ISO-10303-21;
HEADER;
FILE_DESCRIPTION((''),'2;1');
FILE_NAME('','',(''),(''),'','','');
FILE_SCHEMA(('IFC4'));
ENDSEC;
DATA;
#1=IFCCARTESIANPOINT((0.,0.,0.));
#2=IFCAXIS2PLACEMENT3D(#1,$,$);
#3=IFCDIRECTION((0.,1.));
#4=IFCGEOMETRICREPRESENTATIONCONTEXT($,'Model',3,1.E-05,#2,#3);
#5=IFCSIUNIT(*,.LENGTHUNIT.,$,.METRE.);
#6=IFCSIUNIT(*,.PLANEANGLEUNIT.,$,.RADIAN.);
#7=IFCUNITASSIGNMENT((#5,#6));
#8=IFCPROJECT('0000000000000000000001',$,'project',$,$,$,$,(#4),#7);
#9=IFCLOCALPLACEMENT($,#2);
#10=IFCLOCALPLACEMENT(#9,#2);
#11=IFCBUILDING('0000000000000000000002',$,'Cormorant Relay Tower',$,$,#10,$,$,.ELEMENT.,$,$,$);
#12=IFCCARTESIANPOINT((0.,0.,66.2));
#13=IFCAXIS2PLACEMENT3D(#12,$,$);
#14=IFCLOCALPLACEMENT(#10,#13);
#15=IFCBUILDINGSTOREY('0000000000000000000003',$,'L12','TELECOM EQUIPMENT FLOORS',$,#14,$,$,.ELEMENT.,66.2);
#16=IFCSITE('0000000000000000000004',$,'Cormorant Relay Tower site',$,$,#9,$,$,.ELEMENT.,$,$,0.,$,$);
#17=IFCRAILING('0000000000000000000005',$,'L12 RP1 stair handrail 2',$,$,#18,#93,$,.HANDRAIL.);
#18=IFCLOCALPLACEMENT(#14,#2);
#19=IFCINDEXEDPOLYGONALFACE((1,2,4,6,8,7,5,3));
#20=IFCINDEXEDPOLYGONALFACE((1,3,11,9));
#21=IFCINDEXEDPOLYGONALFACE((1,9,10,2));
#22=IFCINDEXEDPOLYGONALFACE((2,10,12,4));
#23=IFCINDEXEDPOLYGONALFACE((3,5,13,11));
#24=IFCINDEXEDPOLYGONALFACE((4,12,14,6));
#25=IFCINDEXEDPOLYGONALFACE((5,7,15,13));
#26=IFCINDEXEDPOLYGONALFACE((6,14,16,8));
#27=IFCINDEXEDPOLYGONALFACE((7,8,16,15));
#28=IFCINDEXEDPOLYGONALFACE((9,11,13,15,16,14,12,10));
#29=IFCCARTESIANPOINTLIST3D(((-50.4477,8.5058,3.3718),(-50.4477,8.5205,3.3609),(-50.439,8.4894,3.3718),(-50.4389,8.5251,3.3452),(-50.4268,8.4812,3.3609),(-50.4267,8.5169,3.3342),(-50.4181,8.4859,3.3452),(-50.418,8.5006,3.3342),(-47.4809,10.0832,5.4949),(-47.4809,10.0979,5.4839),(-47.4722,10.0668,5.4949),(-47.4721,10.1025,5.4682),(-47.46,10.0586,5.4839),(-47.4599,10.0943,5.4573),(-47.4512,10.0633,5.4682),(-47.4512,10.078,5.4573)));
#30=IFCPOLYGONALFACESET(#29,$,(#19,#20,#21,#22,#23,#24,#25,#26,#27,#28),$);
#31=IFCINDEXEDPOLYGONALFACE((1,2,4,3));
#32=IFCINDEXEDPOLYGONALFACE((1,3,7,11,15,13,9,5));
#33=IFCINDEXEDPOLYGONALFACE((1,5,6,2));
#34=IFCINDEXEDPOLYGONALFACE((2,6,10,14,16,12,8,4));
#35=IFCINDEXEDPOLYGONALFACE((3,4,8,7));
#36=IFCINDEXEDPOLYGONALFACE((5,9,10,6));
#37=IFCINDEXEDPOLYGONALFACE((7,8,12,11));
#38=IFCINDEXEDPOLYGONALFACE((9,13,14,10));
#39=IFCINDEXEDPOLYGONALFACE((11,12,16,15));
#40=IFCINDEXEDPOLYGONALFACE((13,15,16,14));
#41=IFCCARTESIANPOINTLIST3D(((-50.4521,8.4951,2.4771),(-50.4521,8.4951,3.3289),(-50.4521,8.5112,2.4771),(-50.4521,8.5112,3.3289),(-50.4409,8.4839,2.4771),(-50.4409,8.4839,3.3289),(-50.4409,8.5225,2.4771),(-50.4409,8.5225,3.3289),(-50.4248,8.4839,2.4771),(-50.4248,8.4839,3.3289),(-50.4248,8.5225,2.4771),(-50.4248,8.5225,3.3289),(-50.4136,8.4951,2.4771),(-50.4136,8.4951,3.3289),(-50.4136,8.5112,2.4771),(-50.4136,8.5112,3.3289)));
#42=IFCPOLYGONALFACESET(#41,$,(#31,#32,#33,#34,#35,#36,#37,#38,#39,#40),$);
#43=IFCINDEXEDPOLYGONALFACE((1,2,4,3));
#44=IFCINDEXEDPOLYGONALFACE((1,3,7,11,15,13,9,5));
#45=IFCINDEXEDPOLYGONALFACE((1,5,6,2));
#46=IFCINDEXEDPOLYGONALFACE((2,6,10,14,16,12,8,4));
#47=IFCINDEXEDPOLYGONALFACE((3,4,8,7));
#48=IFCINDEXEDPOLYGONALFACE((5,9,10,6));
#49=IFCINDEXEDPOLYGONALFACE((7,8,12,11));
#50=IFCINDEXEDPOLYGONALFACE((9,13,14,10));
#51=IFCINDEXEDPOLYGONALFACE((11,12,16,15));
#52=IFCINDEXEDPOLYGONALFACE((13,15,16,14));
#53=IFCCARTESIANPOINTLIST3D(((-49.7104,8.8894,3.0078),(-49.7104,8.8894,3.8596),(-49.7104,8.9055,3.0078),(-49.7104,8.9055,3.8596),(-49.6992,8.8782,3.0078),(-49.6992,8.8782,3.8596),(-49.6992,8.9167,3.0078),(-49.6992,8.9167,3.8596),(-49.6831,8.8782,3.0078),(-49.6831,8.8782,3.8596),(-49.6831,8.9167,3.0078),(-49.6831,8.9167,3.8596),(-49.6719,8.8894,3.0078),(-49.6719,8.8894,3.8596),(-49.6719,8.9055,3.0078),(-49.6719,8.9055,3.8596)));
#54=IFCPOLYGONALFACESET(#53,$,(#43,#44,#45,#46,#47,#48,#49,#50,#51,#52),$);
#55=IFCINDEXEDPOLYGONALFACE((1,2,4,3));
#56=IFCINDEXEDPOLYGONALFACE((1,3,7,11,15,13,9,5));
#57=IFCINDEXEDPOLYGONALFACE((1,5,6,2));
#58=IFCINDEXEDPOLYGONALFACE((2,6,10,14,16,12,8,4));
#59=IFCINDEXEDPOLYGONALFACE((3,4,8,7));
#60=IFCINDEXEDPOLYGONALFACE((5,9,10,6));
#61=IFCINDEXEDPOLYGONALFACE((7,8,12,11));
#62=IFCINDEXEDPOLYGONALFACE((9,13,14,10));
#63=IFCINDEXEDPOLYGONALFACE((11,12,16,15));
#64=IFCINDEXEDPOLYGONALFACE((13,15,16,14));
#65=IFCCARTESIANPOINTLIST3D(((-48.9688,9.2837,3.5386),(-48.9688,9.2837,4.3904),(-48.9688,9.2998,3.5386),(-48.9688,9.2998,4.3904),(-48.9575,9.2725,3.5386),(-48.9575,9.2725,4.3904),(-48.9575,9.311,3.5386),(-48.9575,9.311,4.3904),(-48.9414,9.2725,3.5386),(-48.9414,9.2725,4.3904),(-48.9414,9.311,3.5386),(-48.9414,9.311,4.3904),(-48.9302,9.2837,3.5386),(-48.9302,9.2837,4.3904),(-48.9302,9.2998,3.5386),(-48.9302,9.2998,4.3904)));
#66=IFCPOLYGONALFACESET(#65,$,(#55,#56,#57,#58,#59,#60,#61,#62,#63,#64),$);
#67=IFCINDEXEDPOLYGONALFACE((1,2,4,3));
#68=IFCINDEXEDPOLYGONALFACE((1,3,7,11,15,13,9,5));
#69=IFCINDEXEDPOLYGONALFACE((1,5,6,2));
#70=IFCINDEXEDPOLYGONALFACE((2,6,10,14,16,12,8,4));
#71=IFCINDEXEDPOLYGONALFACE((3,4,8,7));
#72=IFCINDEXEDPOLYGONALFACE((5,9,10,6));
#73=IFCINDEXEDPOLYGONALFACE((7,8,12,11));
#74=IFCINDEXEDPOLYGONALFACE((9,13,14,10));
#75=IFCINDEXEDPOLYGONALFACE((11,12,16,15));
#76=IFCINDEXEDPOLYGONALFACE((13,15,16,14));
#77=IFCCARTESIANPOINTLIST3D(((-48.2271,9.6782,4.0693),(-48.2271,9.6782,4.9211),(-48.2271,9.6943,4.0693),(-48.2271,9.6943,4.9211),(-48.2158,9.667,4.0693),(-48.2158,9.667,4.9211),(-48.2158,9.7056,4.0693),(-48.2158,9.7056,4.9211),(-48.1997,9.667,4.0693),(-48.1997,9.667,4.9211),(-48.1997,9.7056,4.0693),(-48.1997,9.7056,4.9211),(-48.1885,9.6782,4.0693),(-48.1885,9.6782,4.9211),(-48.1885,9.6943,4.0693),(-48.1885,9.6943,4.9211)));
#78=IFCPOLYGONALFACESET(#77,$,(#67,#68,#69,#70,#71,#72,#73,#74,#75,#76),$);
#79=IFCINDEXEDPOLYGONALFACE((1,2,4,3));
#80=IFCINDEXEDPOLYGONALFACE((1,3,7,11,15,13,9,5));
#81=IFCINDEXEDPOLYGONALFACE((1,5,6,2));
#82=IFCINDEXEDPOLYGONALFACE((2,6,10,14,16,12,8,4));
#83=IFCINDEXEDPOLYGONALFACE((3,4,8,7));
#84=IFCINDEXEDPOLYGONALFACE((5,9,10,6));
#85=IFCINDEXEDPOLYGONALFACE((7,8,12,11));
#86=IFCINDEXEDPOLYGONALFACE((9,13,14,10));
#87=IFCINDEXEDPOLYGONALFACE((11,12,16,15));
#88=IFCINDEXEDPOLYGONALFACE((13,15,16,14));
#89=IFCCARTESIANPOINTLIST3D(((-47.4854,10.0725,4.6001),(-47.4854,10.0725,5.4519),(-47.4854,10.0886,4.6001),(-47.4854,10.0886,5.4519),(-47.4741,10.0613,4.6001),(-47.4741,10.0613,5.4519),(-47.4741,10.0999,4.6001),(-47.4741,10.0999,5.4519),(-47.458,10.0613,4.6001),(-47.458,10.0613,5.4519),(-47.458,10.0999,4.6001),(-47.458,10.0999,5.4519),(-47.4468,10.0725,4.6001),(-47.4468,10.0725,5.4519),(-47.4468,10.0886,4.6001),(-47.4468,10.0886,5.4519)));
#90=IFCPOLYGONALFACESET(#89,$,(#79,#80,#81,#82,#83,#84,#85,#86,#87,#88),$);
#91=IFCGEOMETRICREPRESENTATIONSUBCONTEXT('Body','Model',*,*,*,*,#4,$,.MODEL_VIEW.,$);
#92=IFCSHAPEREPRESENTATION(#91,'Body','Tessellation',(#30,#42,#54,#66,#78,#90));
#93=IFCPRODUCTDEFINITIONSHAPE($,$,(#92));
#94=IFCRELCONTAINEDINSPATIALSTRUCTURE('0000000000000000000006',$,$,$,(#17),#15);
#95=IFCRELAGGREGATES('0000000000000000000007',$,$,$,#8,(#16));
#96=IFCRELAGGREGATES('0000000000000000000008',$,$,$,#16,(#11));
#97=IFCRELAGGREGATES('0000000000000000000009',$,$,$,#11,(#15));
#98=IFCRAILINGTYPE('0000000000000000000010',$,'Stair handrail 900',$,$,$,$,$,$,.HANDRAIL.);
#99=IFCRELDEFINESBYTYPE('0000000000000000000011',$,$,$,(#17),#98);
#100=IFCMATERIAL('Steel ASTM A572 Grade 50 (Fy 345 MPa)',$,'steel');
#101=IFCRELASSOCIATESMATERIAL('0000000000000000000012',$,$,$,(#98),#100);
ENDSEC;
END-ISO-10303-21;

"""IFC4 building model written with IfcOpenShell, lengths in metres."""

from ifc_helpers import new_model, si_unit, direction, frame, origin, place, context, subcontext, project, spatial, polyline, outline, extrude, material, type_object, element, save


model = new_model("IFC4")

# Units and contexts
model_context = context("Model", 3, precision=1e-05, world=origin(), true_north=direction((0.0, 1.0)))
body_context = subcontext(model_context, "Body", "Model", "MODEL_VIEW")
ifc_project = project(units=[si_unit("LENGTHUNIT", "METRE"), si_unit("PLANEANGLEUNIT", "RADIAN")], contexts=[model_context])

# Site, building, storey
site_placement = place(None, origin())
site = spatial("IfcSite", under=ifc_project, at=site_placement, Name="Cormorant Relay Tower site", CompositionType="ELEMENT", RefElevation=0.0)
building_placement = place(site_placement, origin())
building = spatial("IfcBuilding", under=site, at=building_placement, Name="Cormorant Relay Tower", CompositionType="ELEMENT")
storey_placement = place(building_placement, frame((0.0, 0.0, 66.2)))
storey = spatial("IfcBuildingStorey", under=building, at=storey_placement, Name="L12", Description="TELECOM EQUIPMENT FLOORS", CompositionType="ELEMENT", Elevation=66.2)

# Railing
ifc_material_1 = material(Name="Steel ASTM A572 Grade 50 (Fy 345 MPa)", Category="steel")
railing_type_1 = type_object("IfcRailingType", Name="Stair handrail 900", PredefinedType="HANDRAIL", material=ifc_material_1)
railing_1_placement = place(storey_placement, frame((-50.4329, 8.5032, 2.4771)))
element("IfcRailing", 1, at=railing_1_placement, inside=storey, type_object=railing_type_1, Name="L12 RP1 stair handrail 2", PredefinedType="HANDRAIL", context=body_context, shape_type="SweptSolid", body=[
    extrude(outline(polyline([(0.0222, 0.0093), (0.0093, 0.0222), (-0.0093, 0.0222), (-0.0222, 0.0093), (-0.0222, -0.0093), (-0.0093, -0.0222), (0.0093, -0.0222), (0.0222, -0.0093), (0.0222, 0.0093)])), frame((0.0, 0.0, 0.876), z_axis=(0.746441, 0.396869, 0.534155), x_axis=(-0.469453, 0.882958, 0.0)), (0.0, 0.0, 1.0), 3.9746),
    extrude(outline(polyline([(0.0193, 0.0081), (0.0081, 0.0193), (-0.0081, 0.0193), (-0.0193, 0.0081), (-0.0193, -0.0081), (-0.0081, -0.0193), (0.0081, -0.0193), (0.0193, -0.0081), (0.0193, 0.0081)])), origin(), (0.0, 0.0, 1.0), 0.8518),
    extrude(outline(polyline([(0.0193, 0.0081), (0.0081, 0.0193), (-0.0081, 0.0193), (-0.0193, 0.0081), (-0.0193, -0.0081), (-0.0081, -0.0193), (0.0081, -0.0193), (0.0193, -0.0081), (0.0193, 0.0081)])), frame((0.7417, 0.3943, 0.5308)), (0.0, 0.0, 1.0), 0.8518),
    extrude(outline(polyline([(0.0193, 0.0081), (0.0081, 0.0193), (-0.0081, 0.0193), (-0.0193, 0.0081), (-0.0193, -0.0081), (-0.0081, -0.0193), (0.0081, -0.0193), (0.0193, -0.0081), (0.0193, 0.0081)])), frame((1.4834, 0.7886, 1.0615)), (0.0, 0.0, 1.0), 0.8518),
    extrude(outline(polyline([(0.0193, 0.0081), (0.0081, 0.0193), (-0.0081, 0.0193), (-0.0193, 0.0081), (-0.0193, -0.0081), (-0.0081, -0.0193), (0.0081, -0.0193), (0.0193, -0.0081), (0.0193, 0.0081)])), frame((2.2251, 1.1831, 1.5923)), (0.0, 0.0, 1.0), 0.8518),
    extrude(outline(polyline([(0.0193, 0.0081), (0.0081, 0.0193), (-0.0081, 0.0193), (-0.0193, 0.0081), (-0.0193, -0.0081), (-0.0081, -0.0193), (0.0081, -0.0193), (0.0193, -0.0081), (0.0193, 0.0081)])), frame((2.9668, 1.5774, 2.123)), (0.0, 0.0, 1.0), 0.8518),
])

save(model, "model.ifc")
